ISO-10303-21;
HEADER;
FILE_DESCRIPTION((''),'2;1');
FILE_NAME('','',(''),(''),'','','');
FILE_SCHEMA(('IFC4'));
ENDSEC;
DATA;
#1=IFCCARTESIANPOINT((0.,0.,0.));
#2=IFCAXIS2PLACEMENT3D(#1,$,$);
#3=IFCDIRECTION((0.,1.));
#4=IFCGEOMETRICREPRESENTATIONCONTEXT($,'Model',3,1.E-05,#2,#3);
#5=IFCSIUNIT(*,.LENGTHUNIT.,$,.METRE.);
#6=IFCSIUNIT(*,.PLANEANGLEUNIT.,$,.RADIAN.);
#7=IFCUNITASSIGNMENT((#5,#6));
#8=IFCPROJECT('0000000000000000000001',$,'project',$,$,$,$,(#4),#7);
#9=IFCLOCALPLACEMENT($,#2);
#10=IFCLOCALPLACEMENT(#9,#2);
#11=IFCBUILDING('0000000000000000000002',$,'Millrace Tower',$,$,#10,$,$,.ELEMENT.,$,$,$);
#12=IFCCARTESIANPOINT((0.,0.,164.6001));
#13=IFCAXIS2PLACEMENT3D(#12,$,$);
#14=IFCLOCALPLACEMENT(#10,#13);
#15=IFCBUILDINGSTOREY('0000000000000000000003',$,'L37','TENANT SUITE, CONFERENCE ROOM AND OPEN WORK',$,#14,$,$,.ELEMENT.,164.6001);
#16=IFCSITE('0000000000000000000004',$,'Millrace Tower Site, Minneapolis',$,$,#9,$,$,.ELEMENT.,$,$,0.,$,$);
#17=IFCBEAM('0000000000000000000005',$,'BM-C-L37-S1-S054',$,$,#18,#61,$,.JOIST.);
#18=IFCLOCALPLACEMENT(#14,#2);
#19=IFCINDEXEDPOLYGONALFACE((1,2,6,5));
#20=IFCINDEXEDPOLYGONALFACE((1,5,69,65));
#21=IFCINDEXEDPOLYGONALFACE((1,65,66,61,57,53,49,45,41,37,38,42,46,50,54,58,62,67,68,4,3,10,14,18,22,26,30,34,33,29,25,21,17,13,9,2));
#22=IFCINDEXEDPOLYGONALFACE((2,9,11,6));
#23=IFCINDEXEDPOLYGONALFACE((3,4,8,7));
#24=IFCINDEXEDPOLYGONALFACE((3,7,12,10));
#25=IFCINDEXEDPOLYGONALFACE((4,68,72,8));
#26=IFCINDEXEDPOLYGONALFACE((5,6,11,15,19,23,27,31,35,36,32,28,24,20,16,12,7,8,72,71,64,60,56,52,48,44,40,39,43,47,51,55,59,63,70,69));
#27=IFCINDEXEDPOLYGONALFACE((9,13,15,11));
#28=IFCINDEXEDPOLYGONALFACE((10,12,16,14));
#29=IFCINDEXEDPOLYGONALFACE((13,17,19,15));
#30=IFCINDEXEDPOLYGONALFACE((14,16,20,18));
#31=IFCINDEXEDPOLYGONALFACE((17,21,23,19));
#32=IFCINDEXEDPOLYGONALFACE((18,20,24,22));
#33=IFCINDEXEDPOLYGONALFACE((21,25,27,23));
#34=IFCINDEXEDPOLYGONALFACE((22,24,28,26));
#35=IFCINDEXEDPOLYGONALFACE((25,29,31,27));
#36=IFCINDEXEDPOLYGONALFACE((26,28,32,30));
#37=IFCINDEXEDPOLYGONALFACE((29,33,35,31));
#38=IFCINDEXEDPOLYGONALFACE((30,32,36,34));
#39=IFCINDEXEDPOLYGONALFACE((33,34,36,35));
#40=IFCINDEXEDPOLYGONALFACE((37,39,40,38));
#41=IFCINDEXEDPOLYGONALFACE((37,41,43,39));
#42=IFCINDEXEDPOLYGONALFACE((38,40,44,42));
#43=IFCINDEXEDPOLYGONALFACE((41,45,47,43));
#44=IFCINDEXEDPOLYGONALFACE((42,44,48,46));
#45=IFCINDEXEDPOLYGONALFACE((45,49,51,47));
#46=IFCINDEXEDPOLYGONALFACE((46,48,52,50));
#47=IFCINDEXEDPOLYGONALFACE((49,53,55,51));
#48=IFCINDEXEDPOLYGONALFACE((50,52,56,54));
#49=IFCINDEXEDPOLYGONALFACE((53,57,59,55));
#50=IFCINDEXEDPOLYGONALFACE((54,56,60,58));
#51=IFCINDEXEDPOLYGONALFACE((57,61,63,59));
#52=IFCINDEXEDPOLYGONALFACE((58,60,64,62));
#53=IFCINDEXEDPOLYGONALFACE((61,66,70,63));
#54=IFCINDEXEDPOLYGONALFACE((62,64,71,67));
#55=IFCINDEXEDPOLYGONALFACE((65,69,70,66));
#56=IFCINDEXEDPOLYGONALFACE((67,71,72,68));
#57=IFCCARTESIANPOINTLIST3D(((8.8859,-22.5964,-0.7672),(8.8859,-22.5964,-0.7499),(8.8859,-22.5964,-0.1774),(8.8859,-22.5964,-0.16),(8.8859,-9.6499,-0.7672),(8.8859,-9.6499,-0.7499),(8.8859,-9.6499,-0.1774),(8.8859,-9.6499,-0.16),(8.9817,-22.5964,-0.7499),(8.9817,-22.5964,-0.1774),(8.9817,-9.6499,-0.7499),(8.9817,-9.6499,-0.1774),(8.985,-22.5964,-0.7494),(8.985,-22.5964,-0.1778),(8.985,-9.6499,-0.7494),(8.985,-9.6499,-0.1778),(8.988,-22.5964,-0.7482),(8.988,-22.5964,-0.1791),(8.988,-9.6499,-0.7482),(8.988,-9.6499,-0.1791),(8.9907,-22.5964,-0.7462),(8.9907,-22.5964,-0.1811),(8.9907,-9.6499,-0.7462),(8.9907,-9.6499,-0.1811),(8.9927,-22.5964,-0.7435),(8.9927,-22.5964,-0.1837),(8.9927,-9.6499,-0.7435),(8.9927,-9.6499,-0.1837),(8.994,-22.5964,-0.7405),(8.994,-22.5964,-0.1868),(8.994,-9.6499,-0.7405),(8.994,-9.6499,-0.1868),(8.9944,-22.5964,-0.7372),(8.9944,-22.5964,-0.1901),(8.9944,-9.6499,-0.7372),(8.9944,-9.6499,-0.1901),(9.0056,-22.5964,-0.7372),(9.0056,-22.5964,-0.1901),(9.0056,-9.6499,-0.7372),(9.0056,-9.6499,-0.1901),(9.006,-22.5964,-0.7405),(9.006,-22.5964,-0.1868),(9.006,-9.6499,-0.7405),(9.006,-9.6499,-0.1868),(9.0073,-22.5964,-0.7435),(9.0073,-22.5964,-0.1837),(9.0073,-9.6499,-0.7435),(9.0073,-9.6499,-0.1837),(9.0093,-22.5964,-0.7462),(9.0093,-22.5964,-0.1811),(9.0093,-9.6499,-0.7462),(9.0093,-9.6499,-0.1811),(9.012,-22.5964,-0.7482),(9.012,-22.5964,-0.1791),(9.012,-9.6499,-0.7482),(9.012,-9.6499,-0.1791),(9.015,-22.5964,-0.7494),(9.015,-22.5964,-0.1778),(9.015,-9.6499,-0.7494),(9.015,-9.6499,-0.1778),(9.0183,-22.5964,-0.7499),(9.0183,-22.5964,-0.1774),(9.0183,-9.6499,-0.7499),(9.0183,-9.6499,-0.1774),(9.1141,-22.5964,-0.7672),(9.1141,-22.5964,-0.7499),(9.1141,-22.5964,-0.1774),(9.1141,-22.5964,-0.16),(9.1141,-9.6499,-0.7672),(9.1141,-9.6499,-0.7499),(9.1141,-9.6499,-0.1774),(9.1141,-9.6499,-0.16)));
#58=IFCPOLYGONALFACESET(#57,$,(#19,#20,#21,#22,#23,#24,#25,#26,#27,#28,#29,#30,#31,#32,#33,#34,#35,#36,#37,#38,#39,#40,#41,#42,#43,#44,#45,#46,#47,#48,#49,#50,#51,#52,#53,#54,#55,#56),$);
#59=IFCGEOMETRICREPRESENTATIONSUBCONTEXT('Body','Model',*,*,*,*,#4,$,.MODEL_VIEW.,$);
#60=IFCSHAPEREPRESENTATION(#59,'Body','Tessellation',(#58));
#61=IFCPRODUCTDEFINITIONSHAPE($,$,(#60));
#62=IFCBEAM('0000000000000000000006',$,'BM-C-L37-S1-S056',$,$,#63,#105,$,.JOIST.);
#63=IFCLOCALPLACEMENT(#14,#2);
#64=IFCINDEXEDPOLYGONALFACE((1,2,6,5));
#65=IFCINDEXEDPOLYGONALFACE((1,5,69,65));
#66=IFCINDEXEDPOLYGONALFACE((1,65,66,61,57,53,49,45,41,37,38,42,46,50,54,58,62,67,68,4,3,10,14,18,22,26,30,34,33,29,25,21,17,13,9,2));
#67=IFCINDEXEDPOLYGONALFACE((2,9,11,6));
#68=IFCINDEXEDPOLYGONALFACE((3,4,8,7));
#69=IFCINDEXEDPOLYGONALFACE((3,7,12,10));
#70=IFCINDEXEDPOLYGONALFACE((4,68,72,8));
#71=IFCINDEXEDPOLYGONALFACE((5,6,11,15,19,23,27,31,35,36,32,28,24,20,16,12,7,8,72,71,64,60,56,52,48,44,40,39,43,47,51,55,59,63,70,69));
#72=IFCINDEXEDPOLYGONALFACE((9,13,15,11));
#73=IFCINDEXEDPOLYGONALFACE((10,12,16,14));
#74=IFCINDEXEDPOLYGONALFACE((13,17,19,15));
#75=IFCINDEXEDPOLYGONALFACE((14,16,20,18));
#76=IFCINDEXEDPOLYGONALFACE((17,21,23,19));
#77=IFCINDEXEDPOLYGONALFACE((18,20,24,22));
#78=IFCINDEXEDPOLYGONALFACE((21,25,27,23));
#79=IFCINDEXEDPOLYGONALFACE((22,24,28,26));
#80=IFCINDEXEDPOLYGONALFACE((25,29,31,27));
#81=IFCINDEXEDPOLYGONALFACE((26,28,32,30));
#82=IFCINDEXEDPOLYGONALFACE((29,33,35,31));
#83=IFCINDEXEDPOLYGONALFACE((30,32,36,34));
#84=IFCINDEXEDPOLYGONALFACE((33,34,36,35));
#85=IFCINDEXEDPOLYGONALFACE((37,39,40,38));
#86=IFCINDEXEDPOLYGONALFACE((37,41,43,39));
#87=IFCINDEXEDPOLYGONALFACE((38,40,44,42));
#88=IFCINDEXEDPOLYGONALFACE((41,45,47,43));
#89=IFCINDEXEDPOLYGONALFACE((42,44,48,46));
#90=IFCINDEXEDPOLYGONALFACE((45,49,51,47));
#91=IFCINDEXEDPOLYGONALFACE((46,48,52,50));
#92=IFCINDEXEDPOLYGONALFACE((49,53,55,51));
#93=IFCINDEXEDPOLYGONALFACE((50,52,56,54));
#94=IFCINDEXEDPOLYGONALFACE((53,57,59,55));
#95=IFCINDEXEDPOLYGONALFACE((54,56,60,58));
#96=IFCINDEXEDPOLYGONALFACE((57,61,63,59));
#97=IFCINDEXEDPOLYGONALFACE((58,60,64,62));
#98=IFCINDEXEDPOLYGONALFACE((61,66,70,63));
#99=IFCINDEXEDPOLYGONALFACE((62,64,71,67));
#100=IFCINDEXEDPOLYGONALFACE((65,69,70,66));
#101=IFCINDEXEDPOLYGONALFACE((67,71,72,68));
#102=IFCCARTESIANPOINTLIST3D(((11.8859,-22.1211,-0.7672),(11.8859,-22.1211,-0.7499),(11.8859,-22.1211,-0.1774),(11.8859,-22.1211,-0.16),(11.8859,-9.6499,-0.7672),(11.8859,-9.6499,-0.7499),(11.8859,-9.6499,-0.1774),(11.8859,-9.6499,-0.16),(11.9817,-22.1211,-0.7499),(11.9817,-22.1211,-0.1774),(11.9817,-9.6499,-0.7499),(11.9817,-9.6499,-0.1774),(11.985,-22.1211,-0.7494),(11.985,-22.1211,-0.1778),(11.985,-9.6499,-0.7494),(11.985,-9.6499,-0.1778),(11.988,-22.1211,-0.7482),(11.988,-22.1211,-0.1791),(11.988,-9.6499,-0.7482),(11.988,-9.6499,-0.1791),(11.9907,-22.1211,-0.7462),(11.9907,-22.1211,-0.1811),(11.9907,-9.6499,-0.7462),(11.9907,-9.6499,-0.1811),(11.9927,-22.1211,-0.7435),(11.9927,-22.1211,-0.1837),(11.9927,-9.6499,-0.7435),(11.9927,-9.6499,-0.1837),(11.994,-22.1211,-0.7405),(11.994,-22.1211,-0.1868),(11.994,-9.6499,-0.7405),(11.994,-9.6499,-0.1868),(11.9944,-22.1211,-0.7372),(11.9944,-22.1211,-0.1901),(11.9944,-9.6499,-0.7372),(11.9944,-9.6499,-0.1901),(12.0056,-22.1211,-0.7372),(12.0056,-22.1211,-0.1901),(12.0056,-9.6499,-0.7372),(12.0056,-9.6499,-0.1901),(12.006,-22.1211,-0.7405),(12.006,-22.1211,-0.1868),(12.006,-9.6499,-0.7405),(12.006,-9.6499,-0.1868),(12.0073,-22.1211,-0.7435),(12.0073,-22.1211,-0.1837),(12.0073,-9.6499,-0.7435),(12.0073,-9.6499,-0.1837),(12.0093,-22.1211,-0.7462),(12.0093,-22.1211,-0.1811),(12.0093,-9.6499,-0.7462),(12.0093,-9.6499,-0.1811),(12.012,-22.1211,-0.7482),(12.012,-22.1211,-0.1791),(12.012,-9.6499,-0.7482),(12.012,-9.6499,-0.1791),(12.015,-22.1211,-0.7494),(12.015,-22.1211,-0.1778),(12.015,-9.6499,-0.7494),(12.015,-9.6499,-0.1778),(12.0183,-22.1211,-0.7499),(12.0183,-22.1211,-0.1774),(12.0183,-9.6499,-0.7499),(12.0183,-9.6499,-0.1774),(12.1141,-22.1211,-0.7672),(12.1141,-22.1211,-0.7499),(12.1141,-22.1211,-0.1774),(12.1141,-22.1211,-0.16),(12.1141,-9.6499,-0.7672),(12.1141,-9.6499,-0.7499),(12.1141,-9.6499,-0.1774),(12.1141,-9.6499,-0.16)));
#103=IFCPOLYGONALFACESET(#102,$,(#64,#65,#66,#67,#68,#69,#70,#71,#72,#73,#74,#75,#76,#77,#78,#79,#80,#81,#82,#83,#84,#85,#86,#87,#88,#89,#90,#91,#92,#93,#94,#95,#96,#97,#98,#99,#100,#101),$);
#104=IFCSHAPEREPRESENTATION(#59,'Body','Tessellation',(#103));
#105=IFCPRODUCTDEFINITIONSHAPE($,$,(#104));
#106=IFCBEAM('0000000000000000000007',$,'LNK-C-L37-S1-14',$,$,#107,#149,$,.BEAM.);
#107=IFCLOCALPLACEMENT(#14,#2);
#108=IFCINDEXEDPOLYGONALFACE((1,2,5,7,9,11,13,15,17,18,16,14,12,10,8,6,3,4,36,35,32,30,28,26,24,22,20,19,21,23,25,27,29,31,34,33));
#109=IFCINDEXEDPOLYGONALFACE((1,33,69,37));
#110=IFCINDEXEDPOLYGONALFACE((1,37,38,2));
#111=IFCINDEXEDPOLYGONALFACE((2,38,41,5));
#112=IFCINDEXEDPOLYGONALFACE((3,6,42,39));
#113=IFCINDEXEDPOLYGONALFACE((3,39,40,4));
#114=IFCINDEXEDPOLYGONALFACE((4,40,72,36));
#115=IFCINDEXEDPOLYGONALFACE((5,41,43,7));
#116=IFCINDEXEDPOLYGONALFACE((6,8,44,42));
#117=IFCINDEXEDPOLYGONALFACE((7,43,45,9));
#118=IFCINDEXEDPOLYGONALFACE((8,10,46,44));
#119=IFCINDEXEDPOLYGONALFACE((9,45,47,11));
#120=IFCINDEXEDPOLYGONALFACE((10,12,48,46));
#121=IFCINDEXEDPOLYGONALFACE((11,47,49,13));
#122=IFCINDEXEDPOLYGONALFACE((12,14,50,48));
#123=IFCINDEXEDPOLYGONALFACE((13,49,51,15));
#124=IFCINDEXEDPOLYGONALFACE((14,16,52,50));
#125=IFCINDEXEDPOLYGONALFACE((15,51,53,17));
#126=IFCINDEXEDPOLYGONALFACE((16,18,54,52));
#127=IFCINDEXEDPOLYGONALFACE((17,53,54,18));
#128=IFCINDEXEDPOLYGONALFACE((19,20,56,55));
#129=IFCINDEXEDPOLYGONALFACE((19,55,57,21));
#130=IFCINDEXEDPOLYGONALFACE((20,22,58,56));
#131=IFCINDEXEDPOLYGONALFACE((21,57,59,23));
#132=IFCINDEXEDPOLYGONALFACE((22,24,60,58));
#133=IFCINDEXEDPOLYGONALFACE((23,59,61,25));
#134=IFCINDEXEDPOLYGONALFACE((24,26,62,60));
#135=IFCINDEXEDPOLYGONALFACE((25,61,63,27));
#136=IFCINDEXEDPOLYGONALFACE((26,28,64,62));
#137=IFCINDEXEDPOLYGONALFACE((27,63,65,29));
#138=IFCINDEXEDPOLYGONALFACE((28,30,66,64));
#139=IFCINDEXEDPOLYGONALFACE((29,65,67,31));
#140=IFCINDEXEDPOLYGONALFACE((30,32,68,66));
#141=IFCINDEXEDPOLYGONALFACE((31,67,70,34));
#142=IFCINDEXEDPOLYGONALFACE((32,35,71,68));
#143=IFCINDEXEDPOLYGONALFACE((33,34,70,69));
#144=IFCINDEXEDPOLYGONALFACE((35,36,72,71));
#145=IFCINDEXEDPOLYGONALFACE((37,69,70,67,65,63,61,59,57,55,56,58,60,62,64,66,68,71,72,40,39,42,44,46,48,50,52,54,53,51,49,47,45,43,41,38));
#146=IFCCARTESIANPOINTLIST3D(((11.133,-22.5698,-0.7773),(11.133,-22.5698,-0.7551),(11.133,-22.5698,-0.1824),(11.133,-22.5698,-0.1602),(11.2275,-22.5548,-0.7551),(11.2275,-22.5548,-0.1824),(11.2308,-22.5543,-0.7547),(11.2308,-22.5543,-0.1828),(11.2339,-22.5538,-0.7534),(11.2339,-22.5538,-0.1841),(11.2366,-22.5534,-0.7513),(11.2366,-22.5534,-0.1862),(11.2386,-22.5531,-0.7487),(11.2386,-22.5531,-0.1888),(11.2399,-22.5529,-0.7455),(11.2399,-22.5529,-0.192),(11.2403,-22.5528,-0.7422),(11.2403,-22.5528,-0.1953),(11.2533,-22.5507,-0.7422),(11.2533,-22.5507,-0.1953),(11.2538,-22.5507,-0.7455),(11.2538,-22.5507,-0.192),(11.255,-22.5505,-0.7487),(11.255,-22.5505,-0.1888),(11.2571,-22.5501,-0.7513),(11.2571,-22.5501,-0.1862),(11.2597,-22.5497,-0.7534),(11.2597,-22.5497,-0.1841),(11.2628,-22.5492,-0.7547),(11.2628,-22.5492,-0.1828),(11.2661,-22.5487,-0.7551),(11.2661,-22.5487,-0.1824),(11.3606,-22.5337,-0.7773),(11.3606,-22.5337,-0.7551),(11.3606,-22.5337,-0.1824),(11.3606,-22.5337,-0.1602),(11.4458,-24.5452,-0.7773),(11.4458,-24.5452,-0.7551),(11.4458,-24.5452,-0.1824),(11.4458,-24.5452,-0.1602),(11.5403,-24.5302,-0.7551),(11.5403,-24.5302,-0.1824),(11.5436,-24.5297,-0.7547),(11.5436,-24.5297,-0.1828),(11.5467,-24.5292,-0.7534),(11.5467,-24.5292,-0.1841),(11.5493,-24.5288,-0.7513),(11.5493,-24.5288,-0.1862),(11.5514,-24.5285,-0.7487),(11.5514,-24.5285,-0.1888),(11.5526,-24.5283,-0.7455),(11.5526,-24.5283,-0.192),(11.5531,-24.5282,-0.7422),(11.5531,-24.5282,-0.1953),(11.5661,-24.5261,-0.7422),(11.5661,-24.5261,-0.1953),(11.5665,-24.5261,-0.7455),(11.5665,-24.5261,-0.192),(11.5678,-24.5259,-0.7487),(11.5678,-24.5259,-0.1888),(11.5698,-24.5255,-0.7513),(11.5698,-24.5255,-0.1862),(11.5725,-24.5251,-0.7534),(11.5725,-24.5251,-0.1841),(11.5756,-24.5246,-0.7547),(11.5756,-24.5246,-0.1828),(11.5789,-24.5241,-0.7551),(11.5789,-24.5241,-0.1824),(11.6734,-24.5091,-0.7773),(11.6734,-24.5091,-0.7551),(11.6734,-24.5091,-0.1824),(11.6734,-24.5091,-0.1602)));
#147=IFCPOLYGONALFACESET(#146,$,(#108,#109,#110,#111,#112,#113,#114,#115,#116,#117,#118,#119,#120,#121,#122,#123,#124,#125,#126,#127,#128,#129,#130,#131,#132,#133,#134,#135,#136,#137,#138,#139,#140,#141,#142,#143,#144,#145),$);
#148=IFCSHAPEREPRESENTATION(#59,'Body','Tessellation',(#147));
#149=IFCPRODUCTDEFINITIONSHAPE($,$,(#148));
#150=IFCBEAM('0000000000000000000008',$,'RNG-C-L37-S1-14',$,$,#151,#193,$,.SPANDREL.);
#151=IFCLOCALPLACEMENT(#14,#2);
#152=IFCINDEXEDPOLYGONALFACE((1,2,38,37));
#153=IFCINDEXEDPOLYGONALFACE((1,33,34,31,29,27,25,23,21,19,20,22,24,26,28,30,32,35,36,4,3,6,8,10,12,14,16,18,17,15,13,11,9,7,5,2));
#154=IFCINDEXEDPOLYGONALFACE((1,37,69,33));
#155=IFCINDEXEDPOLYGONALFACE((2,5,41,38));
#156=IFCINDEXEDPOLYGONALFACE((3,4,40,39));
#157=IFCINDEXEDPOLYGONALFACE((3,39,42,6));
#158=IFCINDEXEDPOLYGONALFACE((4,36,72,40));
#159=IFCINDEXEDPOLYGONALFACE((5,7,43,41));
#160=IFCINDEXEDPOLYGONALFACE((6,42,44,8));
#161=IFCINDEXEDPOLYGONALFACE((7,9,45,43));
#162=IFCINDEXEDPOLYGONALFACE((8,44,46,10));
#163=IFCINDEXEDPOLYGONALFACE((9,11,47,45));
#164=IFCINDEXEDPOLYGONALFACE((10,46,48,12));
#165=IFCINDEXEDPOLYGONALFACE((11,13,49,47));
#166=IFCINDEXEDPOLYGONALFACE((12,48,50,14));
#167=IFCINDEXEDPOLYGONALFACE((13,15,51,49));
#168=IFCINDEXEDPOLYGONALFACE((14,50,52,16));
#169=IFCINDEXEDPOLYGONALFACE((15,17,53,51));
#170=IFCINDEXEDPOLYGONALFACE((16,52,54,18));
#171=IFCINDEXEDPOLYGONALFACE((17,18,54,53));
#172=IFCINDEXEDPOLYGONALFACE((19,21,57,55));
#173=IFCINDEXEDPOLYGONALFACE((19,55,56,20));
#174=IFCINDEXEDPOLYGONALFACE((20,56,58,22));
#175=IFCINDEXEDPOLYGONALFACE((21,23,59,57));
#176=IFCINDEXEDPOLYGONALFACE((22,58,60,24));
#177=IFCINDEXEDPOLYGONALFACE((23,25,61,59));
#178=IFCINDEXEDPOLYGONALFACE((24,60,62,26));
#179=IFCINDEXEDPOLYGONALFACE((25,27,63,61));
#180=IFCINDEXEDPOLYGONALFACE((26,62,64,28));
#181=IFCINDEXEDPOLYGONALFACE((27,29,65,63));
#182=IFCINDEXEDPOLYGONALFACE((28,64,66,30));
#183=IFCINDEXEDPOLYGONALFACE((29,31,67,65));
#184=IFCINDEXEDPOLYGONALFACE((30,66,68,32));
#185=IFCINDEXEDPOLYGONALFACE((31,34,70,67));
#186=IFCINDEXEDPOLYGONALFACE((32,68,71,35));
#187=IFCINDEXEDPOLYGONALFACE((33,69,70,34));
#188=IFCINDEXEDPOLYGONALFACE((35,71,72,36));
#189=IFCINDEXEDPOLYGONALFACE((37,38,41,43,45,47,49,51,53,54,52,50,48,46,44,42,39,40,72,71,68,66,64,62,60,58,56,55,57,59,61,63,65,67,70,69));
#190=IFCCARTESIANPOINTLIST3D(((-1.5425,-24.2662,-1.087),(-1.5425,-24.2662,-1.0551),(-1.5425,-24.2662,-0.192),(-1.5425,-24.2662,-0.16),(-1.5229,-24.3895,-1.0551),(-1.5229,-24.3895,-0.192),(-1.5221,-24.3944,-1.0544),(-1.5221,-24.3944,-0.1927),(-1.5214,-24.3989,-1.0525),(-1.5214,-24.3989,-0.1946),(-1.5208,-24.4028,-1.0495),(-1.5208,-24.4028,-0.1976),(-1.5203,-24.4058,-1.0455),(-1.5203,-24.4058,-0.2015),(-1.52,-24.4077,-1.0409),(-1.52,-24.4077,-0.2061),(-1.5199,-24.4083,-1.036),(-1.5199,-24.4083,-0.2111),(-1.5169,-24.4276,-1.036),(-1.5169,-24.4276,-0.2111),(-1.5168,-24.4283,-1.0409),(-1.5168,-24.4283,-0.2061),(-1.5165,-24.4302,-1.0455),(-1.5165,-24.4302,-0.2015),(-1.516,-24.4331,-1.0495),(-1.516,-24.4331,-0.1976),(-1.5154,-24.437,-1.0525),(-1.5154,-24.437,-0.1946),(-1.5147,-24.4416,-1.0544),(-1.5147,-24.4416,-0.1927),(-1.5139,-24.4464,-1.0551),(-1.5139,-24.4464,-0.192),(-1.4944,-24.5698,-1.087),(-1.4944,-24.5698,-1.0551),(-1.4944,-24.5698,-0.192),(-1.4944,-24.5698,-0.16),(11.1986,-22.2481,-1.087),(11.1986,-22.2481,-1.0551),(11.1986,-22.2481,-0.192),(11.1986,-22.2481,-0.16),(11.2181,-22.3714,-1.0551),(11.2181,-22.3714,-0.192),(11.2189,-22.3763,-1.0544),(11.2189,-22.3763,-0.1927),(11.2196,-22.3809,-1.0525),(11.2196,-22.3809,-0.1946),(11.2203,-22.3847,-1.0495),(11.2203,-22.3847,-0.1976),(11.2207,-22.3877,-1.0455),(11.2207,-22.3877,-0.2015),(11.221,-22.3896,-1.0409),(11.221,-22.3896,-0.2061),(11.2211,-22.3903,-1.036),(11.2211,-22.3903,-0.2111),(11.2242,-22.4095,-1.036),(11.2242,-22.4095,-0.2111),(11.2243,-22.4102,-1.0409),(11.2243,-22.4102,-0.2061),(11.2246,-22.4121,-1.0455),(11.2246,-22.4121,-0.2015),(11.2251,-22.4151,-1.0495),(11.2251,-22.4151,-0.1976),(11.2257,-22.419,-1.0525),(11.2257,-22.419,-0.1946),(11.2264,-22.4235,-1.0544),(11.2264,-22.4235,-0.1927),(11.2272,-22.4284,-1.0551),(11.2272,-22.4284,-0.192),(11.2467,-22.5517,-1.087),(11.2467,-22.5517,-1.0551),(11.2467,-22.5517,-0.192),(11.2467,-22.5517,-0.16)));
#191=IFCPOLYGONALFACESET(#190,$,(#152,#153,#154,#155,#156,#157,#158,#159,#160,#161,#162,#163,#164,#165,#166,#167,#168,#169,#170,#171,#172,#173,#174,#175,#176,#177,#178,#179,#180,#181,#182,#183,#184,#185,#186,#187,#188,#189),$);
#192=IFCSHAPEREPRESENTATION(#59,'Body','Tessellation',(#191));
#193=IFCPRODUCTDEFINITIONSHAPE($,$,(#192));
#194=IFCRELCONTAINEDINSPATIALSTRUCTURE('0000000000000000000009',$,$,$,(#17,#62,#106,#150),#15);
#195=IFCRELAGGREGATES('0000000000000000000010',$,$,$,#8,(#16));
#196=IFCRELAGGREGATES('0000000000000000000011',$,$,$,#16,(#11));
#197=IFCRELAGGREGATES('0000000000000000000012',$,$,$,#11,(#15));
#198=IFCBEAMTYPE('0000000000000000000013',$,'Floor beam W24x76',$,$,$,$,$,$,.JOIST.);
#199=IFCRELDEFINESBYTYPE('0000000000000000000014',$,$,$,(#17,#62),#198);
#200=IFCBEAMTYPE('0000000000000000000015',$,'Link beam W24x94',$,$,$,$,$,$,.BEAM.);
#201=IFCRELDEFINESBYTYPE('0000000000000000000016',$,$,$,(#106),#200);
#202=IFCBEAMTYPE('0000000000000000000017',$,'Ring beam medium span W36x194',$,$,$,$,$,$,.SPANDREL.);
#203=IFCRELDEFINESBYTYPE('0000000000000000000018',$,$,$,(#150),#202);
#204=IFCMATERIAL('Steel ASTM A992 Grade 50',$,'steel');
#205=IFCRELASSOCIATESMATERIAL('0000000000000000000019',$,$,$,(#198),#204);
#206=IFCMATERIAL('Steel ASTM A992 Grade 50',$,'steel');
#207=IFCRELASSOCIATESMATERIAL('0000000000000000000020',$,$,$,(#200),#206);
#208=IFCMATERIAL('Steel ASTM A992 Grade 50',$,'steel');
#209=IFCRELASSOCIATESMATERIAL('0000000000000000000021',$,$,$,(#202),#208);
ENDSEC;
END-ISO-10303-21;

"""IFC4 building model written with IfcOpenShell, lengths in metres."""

from ifc_helpers import new_model, si_unit, direction, frame, origin, origin_2d, place, context, subcontext, project, spatial, i_section, extrude, material, material_profile, profile_set, type_object, element, save


model = new_model("IFC4")

# Units and contexts
model_context = context("Model", 3, precision=1e-05, world=origin(), true_north=direction((0.0, 1.0)))
body_context = subcontext(model_context, "Body", "Model", "MODEL_VIEW")
ifc_project = project(units=[si_unit("LENGTHUNIT", "METRE"), si_unit("PLANEANGLEUNIT", "RADIAN")], contexts=[model_context])

# Site, building, storey
site_placement = place(None, origin())
site = spatial("IfcSite", under=ifc_project, at=site_placement, Name="Millrace Tower Site, Minneapolis", CompositionType="ELEMENT", RefElevation=0.0)
building_placement = place(site_placement, origin())
building = spatial("IfcBuilding", under=site, at=building_placement, Name="Millrace Tower", CompositionType="ELEMENT")
storey_placement = place(building_placement, frame((0.0, 0.0, 164.6001)))
storey = spatial("IfcBuildingStorey", under=building, at=storey_placement, Name="L37", Description="TENANT SUITE, CONFERENCE ROOM AND OPEN WORK", CompositionType="ELEMENT", Elevation=164.6001)

# Beams
ifc_material_1 = material(Name="Steel ASTM A992 Grade 50", Category="steel")
ifc_material_profile_1 = material_profile(ifc_material_1, i_section(OverallWidth=0.2283, OverallDepth=0.6072, WebThickness=0.0112, FlangeThickness=0.0173, FilletRadius=0.0127, at=origin_2d()))
ifc_profile_set_1 = profile_set([ifc_material_profile_1], Name="Steel ASTM A992 Grade 50")
beam_type_1 = type_object("IfcBeamType", Name="Floor beam W24x76", PredefinedType="JOIST", material=ifc_profile_set_1)
beam_1_placement = place(storey_placement, frame((9.0, -22.5964, -0.4636), z_axis=(0.0, 1.0, 0.0), x_axis=(-1.0, 0.0, 0.0)))
element("IfcBeam", 1, at=beam_1_placement, inside=storey, type_object=beam_type_1, Name="BM-C-L37-S1-S054", PredefinedType="JOIST", context=body_context, shape_type="SweptSolid", body=[
    extrude(i_section(OverallWidth=0.2283, OverallDepth=0.6072, WebThickness=0.0112, FlangeThickness=0.0173, FilletRadius=0.0127, at=origin_2d()), origin(), (0.0, 0.0, 1.0), 12.9465),
])
beam_2_placement = place(storey_placement, frame((12.0, -22.1211, -0.4636), z_axis=(0.0, 1.0, 0.0), x_axis=(-1.0, 0.0, 0.0)))
element("IfcBeam", 2, at=beam_2_placement, inside=storey, type_object=beam_type_1, Name="BM-C-L37-S1-S056", PredefinedType="JOIST", context=body_context, shape_type="SweptSolid", body=[
    extrude(i_section(OverallWidth=0.2283, OverallDepth=0.6072, WebThickness=0.0112, FlangeThickness=0.0173, FilletRadius=0.0127, at=origin_2d()), origin(), (0.0, 0.0, 1.0), 12.4712),
])
ifc_material_2 = material(Name="Steel ASTM A992 Grade 50", Category="steel")
ifc_material_profile_2 = material_profile(ifc_material_2, i_section(OverallWidth=0.2305, OverallDepth=0.6172, WebThickness=0.0132, FlangeThickness=0.0222, FilletRadius=0.0129, at=origin_2d()))
ifc_profile_set_2 = profile_set([ifc_material_profile_2], Name="Steel ASTM A992 Grade 50")
beam_type_2 = type_object("IfcBeamType", Name="Link beam W24x94", PredefinedType="BEAM", material=ifc_profile_set_2)
beam_3_placement = place(storey_placement, frame((11.2468, -22.5518, -0.4688), z_axis=(0.156376, -0.987698, 0.0), x_axis=(0.987698, 0.156376, 0.0)))
element("IfcBeam", 3, at=beam_3_placement, inside=storey, type_object=beam_type_2, Name="LNK-C-L37-S1-14", PredefinedType="BEAM", context=body_context, shape_type="SweptSolid", body=[
    extrude(i_section(OverallWidth=0.2305, OverallDepth=0.6172, WebThickness=0.0132, FlangeThickness=0.0222, FilletRadius=0.0129, at=origin_2d()), origin(), (0.0, 0.0, 1.0), 2.0),
])
ifc_material_3 = material(Name="Steel ASTM A992 Grade 50", Category="steel")
ifc_material_profile_3 = material_profile(ifc_material_3, i_section(OverallWidth=0.3074, OverallDepth=0.927, WebThickness=0.0195, FlangeThickness=0.032, FilletRadius=0.019, at=origin_2d()))
ifc_profile_set_3 = profile_set([ifc_material_profile_3], Name="Steel ASTM A992 Grade 50")
beam_type_3 = type_object("IfcBeamType", Name="Ring beam medium span W36x194", PredefinedType="SPANDREL", material=ifc_profile_set_3)
beam_4_placement = place(storey_placement, frame((11.2227, -22.3999, -0.6235), z_axis=(-0.987687, -0.156442, 0.0), x_axis=(0.156442, -0.987687, 0.0)))
element("IfcBeam", 4, at=beam_4_placement, inside=storey, type_object=beam_type_3, Name="RNG-C-L37-S1-14", PredefinedType="SPANDREL", context=body_context, shape_type="SweptSolid", body=[
    extrude(i_section(OverallWidth=0.3074, OverallDepth=0.927, WebThickness=0.0195, FlangeThickness=0.032, FilletRadius=0.019, at=origin_2d()), origin(), (0.0, 0.0, 1.0), 12.8999),
])

save(model, "model.ifc")
